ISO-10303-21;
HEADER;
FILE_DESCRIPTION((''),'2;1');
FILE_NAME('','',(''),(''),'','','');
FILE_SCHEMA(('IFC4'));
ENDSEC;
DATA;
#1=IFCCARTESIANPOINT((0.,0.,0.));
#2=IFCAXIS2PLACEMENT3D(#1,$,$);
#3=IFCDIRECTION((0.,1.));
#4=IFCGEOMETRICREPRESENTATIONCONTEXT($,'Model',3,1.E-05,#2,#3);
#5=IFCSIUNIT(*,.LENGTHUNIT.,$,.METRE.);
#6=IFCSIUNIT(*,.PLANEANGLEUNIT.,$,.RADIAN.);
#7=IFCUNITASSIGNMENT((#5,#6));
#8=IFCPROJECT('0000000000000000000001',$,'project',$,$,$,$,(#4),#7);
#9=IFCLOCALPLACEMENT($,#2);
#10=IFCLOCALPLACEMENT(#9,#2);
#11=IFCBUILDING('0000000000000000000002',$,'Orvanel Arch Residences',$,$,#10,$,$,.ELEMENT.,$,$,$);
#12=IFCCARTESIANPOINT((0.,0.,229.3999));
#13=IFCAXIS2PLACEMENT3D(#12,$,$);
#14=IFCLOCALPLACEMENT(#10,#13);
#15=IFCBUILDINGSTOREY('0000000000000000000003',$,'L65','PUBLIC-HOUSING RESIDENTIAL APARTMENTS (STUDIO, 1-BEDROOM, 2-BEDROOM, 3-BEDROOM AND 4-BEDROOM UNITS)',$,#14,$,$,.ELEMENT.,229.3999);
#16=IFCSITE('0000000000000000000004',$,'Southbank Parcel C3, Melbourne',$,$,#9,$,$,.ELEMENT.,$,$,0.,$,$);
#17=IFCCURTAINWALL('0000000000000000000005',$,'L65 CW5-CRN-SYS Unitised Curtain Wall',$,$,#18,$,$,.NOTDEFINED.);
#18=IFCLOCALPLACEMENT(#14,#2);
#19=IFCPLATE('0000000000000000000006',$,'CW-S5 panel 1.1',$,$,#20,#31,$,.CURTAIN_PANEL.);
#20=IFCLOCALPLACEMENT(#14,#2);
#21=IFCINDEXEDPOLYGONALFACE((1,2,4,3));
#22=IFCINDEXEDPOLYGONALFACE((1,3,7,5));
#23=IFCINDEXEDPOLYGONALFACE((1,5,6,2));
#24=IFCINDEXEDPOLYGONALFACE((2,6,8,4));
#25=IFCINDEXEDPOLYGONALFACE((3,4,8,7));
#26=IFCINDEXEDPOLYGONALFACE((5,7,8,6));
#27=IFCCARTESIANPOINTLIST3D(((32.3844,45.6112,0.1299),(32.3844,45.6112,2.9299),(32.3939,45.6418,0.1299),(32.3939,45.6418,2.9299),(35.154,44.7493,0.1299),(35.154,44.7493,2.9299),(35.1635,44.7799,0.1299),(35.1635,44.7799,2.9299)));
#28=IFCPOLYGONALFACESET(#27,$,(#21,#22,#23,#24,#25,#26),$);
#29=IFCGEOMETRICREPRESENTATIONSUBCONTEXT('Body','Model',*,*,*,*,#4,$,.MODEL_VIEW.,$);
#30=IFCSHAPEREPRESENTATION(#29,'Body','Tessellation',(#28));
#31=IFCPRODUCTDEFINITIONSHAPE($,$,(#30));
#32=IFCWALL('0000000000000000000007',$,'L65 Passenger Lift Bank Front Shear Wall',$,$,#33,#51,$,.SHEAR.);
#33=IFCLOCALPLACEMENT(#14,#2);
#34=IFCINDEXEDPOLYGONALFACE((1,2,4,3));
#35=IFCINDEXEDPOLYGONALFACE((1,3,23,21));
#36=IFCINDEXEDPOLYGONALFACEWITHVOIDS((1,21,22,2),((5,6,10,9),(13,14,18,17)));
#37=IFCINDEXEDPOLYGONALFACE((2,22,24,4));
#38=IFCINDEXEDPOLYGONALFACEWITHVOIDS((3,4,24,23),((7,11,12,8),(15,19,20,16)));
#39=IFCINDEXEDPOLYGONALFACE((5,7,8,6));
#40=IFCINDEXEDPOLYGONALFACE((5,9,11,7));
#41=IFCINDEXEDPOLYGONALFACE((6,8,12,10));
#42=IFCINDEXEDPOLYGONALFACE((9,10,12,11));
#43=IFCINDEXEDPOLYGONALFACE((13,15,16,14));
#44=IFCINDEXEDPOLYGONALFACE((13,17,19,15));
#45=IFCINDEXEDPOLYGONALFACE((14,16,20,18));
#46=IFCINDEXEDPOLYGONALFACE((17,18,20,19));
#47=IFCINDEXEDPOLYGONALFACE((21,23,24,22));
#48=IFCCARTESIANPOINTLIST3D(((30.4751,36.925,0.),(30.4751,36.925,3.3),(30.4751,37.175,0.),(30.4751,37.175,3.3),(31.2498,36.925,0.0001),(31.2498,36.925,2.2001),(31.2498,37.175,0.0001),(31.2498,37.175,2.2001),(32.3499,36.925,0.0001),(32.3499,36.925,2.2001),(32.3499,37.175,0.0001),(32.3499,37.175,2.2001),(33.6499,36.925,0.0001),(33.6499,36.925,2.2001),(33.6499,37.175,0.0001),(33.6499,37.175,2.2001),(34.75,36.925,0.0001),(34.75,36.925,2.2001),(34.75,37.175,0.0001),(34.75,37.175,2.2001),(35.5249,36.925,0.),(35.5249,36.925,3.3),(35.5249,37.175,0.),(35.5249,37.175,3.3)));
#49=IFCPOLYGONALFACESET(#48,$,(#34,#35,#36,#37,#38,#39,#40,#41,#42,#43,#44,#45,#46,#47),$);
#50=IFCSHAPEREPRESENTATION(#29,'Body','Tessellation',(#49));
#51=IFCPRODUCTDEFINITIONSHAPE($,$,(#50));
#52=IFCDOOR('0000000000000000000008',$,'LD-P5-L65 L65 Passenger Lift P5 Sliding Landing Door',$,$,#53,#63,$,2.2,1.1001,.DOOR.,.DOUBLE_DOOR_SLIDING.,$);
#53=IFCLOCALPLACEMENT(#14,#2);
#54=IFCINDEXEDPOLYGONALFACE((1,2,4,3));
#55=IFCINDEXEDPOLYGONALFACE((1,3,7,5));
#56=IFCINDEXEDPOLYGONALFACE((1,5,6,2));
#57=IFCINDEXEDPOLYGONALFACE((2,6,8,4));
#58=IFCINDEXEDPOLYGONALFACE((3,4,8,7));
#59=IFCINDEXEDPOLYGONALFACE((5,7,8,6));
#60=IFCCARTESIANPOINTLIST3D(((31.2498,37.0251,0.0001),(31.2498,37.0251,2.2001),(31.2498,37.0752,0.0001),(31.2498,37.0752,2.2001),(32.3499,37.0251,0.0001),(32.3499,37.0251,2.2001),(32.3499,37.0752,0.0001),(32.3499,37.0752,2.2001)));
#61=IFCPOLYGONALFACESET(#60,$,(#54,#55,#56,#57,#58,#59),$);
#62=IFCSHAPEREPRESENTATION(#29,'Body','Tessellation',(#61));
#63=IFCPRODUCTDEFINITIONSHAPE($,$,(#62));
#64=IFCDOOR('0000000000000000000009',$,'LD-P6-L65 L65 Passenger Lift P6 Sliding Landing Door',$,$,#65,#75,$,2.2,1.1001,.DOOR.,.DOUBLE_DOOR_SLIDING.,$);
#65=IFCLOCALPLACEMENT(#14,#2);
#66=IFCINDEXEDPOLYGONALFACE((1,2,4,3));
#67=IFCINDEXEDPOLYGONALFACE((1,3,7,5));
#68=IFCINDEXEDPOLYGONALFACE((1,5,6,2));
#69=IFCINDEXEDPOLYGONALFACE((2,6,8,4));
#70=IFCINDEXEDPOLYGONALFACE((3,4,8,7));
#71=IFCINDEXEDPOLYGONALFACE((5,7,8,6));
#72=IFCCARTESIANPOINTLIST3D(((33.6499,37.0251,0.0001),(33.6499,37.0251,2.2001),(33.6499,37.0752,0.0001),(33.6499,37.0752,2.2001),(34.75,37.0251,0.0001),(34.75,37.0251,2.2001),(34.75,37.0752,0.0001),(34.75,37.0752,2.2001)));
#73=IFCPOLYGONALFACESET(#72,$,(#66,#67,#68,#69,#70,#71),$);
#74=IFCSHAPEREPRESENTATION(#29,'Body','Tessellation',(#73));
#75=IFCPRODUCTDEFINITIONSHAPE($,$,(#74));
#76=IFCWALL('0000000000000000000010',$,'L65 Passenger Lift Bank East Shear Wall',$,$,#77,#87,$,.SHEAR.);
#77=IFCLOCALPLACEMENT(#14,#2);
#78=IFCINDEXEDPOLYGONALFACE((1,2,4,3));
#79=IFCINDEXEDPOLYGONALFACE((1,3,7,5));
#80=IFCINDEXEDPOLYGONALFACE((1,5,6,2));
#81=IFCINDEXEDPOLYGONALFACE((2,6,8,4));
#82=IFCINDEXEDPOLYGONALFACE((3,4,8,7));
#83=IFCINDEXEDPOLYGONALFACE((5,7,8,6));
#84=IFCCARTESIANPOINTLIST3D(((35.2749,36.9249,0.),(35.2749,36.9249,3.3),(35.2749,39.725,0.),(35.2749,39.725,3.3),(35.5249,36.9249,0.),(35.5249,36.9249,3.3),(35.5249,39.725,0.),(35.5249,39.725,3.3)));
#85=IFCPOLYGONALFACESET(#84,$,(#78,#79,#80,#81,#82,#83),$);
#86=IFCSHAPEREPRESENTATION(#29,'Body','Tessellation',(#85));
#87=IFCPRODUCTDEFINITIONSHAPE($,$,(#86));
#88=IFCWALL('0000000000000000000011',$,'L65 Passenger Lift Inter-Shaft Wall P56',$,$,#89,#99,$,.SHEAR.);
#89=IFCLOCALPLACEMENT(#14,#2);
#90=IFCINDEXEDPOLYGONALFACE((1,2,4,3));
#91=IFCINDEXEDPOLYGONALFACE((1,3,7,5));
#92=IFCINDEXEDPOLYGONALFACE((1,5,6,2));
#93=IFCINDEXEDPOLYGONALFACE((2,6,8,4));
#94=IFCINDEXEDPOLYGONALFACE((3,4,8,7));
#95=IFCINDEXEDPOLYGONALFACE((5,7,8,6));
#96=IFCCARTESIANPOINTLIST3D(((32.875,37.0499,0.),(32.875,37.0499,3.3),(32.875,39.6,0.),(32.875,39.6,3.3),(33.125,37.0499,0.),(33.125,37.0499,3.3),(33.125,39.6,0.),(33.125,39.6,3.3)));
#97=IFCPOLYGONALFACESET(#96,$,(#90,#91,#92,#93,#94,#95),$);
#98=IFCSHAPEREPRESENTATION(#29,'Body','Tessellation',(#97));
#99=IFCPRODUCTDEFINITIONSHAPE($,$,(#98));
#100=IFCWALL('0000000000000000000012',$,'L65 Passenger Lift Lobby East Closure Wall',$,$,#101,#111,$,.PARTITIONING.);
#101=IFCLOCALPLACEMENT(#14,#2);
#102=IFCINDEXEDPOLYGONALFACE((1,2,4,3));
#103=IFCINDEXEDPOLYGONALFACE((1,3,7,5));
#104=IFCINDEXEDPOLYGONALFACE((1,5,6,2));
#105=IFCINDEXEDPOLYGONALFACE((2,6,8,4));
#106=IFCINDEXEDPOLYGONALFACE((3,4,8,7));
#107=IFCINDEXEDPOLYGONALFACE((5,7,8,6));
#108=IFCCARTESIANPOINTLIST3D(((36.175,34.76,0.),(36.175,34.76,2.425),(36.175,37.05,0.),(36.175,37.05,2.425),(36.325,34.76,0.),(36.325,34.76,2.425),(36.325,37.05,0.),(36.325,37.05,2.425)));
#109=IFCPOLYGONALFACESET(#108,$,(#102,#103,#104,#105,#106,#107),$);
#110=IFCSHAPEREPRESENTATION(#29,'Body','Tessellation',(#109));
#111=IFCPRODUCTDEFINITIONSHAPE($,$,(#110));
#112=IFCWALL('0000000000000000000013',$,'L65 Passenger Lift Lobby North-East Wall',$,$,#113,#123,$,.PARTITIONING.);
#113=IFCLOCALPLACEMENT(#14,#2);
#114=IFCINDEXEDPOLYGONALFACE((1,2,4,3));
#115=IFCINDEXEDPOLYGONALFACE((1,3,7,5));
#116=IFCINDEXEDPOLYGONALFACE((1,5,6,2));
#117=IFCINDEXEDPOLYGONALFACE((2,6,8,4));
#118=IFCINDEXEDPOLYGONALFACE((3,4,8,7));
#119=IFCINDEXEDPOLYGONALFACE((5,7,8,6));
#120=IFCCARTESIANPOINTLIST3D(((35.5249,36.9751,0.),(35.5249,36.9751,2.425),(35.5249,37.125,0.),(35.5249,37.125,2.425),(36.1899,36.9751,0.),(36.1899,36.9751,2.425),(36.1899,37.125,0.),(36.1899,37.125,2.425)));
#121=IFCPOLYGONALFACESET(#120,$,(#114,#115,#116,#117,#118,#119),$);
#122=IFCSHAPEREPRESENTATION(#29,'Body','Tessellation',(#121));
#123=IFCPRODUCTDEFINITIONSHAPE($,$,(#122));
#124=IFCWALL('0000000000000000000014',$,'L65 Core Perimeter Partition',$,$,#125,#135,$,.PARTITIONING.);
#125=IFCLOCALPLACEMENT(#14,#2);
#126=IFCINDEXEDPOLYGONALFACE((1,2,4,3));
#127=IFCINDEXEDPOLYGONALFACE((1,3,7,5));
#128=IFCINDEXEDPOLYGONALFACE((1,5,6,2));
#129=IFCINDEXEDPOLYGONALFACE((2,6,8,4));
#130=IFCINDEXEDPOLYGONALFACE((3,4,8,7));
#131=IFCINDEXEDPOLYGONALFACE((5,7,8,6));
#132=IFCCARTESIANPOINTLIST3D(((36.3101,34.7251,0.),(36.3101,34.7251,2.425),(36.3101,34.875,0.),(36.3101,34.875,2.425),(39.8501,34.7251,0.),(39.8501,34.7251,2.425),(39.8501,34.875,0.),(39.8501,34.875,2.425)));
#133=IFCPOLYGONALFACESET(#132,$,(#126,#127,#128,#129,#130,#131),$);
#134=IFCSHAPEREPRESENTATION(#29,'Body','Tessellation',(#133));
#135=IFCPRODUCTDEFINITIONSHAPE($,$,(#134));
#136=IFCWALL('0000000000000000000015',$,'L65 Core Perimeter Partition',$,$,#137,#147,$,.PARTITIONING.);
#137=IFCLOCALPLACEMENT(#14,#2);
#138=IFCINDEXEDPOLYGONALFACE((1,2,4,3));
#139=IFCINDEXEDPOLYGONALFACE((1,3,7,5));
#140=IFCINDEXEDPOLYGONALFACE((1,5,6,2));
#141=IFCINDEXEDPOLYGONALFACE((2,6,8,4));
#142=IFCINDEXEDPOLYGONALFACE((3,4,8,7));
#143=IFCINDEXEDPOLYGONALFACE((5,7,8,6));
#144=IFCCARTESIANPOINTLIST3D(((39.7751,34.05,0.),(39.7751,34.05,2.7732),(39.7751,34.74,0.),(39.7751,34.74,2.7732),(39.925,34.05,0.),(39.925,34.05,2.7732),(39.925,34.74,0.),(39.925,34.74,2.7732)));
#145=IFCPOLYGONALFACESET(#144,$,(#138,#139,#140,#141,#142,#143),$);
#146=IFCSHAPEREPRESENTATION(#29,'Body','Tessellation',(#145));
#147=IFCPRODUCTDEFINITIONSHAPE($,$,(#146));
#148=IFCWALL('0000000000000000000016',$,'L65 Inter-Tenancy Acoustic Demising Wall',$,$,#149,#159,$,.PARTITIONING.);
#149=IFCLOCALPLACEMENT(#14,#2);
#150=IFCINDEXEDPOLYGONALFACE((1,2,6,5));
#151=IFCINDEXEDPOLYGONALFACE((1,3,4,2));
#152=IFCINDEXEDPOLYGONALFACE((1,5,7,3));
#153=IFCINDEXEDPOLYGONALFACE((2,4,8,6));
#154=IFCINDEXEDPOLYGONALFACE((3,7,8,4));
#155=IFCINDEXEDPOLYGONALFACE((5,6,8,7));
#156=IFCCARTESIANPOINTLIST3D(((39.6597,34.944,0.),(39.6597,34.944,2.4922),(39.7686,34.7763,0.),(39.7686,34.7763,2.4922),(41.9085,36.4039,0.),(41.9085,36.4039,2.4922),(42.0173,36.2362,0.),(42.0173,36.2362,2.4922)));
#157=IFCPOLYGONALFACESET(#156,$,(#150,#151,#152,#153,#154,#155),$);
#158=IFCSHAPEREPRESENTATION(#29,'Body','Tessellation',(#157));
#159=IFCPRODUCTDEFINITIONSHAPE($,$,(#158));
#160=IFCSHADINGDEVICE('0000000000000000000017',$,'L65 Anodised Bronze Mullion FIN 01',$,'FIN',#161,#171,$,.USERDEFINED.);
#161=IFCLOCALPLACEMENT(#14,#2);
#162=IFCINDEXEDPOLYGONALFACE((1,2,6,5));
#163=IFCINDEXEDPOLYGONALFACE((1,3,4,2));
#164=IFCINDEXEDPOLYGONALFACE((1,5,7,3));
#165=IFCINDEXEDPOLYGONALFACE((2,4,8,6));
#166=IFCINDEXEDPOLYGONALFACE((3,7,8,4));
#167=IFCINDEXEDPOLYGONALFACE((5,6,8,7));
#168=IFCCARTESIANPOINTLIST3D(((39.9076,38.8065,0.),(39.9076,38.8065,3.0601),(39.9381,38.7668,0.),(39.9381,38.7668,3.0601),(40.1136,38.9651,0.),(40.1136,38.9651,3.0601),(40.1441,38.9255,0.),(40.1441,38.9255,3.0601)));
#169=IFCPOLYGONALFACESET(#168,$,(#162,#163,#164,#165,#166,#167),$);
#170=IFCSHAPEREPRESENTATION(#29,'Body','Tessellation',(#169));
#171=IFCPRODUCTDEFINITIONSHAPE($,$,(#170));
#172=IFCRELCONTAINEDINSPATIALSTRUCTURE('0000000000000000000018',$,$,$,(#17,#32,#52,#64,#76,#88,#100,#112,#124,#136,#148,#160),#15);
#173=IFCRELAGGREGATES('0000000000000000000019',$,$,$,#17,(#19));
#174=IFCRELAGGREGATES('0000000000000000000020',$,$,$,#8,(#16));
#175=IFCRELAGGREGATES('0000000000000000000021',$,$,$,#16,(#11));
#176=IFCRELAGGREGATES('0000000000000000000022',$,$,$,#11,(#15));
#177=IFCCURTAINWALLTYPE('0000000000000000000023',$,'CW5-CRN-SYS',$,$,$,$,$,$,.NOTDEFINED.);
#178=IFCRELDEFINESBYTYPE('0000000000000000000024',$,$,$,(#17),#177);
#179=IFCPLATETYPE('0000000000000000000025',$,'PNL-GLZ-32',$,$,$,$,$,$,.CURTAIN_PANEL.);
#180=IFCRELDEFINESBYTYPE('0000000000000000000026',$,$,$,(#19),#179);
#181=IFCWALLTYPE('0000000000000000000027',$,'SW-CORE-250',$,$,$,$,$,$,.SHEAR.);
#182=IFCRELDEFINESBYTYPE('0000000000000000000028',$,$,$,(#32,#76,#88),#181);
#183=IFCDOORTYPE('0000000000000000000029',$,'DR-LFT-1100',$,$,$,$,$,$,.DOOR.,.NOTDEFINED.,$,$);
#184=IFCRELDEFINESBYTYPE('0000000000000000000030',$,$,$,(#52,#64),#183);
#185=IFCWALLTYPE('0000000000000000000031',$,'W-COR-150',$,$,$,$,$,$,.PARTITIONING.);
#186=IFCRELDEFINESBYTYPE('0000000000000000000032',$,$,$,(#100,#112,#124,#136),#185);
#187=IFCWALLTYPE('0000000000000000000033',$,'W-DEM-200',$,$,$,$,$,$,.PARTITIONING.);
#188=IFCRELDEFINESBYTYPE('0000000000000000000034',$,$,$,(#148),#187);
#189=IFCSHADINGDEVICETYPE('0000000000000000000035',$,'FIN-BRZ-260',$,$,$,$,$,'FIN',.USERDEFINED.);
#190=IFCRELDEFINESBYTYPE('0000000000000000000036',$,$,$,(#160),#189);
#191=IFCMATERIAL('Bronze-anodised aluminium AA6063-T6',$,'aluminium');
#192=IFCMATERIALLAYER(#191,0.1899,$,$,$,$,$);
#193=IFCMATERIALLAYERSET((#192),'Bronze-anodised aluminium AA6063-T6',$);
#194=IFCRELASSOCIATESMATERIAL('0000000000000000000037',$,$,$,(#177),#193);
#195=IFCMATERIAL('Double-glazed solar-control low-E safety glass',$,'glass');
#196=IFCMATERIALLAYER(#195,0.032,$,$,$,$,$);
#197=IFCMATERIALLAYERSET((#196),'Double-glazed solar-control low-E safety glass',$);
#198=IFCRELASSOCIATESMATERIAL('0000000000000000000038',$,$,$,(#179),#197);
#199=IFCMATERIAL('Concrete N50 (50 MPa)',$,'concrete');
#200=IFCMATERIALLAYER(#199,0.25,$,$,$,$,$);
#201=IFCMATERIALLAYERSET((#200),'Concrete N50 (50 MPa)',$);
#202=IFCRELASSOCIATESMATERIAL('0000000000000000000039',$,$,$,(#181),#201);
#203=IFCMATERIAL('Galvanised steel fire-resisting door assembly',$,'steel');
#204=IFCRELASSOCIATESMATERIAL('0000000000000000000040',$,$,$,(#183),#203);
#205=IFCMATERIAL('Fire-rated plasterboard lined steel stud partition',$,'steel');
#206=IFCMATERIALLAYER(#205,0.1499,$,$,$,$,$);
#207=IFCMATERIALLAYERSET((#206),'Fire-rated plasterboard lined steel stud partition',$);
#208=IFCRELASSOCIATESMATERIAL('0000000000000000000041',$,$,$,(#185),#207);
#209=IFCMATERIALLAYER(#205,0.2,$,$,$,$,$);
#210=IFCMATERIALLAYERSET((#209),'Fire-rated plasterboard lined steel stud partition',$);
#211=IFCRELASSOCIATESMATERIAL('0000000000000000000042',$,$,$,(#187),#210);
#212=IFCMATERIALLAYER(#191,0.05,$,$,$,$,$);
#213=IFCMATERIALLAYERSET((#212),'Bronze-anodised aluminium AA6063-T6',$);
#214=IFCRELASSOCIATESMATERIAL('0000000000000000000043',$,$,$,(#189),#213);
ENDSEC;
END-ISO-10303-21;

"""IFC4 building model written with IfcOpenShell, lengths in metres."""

from ifc_helpers import new_model, si_unit, direction, frame, frame_2d, origin, origin_2d, place, context, subcontext, project, spatial, rectangle, extrude, material, layer, layer_set, type_object, element, fill, aggregate, save


model = new_model("IFC4")

# Units and contexts
model_context = context("Model", 3, precision=1e-05, world=origin(), true_north=direction((0.0, 1.0)))
body_context = subcontext(model_context, "Body", "Model", "MODEL_VIEW")
ifc_project = project(units=[si_unit("LENGTHUNIT", "METRE"), si_unit("PLANEANGLEUNIT", "RADIAN")], contexts=[model_context])

# Site, building, storey
site_placement = place(None, origin())
site = spatial("IfcSite", under=ifc_project, at=site_placement, Name="Southbank Parcel C3, Melbourne", CompositionType="ELEMENT", RefElevation=0.0)
building_placement = place(site_placement, origin())
building = spatial("IfcBuilding", under=site, at=building_placement, Name="Orvanel Arch Residences", CompositionType="ELEMENT")
storey_placement = place(building_placement, frame((0.0, 0.0, 229.3999)))
storey = spatial("IfcBuildingStorey", under=building, at=storey_placement, Name="L65", Description="PUBLIC-HOUSING RESIDENTIAL APARTMENTS (STUDIO, 1-BEDROOM, 2-BEDROOM, 3-BEDROOM AND 4-BEDROOM UNITS)", CompositionType="ELEMENT", Elevation=229.3999)

# Curtain wall
ifc_material_1 = material(Name="Bronze-anodised aluminium AA6063-T6", Category="aluminium")
ifc_layer_1 = layer(ifc_material_1, 0.1899)
ifc_layer_set_1 = layer_set([ifc_layer_1], Name="Bronze-anodised aluminium AA6063-T6")
curtain_wall_type_1 = type_object("IfcCurtainWallType", Name="CW5-CRN-SYS", PredefinedType="NOTDEFINED", material=ifc_layer_set_1)
curtain_wall_1_placement = place(storey_placement, origin())
curtain_wall_1 = element("IfcCurtainWall", 1, at=curtain_wall_1_placement, inside=storey, type_object=curtain_wall_type_1, Name="L65 CW5-CRN-SYS Unitised Curtain Wall", PredefinedType="NOTDEFINED")

# Plate
ifc_material_2 = material(Name="Double-glazed solar-control low-E safety glass", Category="glass")
ifc_layer_2 = layer(ifc_material_2, 0.032)
ifc_layer_set_2 = layer_set([ifc_layer_2], Name="Double-glazed solar-control low-E safety glass")
plate_type_1 = type_object("IfcPlateType", Name="PNL-GLZ-32", PredefinedType="CURTAIN_PANEL", material=ifc_layer_set_2)
plate_1_placement = place(storey_placement, frame((33.7739, 45.1956, 0.1299), z_axis=(0.0, 0.0, 1.0), x_axis=(-0.954835, 0.297136, 0.0)))
plate_1 = element("IfcPlate", 2, at=plate_1_placement, type_object=plate_type_1, Name="CW-S5 panel 1.1", PredefinedType="CURTAIN_PANEL", context=body_context, shape_type="SweptSolid", body=[
    extrude(rectangle(XDim=2.9006, YDim=0.032, at=origin_2d()), origin(), (0.0, 0.0, 1.0), 2.8),
])
aggregate(curtain_wall_1, [plate_1])

# Wall, openings, doors
ifc_material_3 = material(Name="Concrete N50 (50 MPa)", Category="concrete")
ifc_layer_3 = layer(ifc_material_3, 0.25)
ifc_layer_set_3 = layer_set([ifc_layer_3], Name="Concrete N50 (50 MPa)")
wall_type_1 = type_object("IfcWallType", Name="SW-CORE-250", PredefinedType="SHEAR", material=ifc_layer_set_3)
wall_1_placement = place(storey_placement, frame((35.5249, 37.05, 0.0), z_axis=(0.0, 0.0, 1.0), x_axis=(-1.0, 0.0, 0.0)))
wall_1 = element("IfcWall", 3, at=wall_1_placement, inside=storey, type_object=wall_type_1, Name="L65 Passenger Lift Bank Front Shear Wall", PredefinedType="SHEAR", context=body_context, shape_type="SweptSolid", body=[
    extrude(rectangle(XDim=5.0498, YDim=0.25, at=frame_2d((2.5249, 0.0))), origin(), (0.0, 0.0, 1.0), 3.3),
])
opening_1_placement = place(wall_1_placement, frame((3.175, 0.0, 0.0)))
opening_1 = element("IfcOpeningElement", 4, at=opening_1_placement, cuts=wall_1, PredefinedType="OPENING", context=body_context, shape_type="SweptSolid", body=[
    extrude(rectangle(XDim=1.1001, YDim=2.2, at=frame_2d((0.55, 1.1001))), frame((0.0, 0.135, 0.0), z_axis=(0.0, -1.0, 0.0), x_axis=(1.0, 0.0, 0.0)), (0.0, 0.0, 1.0), 0.27),
])
opening_2_placement = place(wall_1_placement, frame((0.7749, 0.0, 0.0)))
opening_2 = element("IfcOpeningElement", 5, at=opening_2_placement, cuts=wall_1, PredefinedType="OPENING", context=body_context, shape_type="SweptSolid", body=[
    extrude(rectangle(XDim=1.1001, YDim=2.2, at=frame_2d((0.55, 1.1001))), frame((0.0, 0.135, 0.0), z_axis=(0.0, -1.0, 0.0), x_axis=(1.0, 0.0, 0.0)), (0.0, 0.0, 1.0), 0.27),
])
ifc_material_4 = material(Name="Galvanised steel fire-resisting door assembly", Category="steel")
door_type = type_object("IfcDoorType", Name="DR-LFT-1100", OperationType="NOTDEFINED", PredefinedType="DOOR", material=ifc_material_4)
door_1_placement = place(opening_1_placement, origin())
door_1 = element("IfcDoor", 6, at=door_1_placement, inside=storey, type_object=door_type, Name="LD-P5-L65 L65 Passenger Lift P5 Sliding Landing Door", OperationType="DOUBLE_DOOR_SLIDING", OverallHeight=2.2, OverallWidth=1.1001, PredefinedType="DOOR", context=body_context, shape_type="SweptSolid", body=[
    extrude(rectangle(XDim=1.1001, YDim=2.2, at=frame_2d((0.55, 1.1001))), frame((0.0, 0.0249, 0.0), z_axis=(0.0, -1.0, 0.0), x_axis=(1.0, 0.0, 0.0)), (0.0, 0.0, 1.0), 0.05),
])
fill(opening_1, door_1)
door_2_placement = place(opening_2_placement, origin())
door_2 = element("IfcDoor", 7, at=door_2_placement, inside=storey, type_object=door_type, Name="LD-P6-L65 L65 Passenger Lift P6 Sliding Landing Door", OperationType="DOUBLE_DOOR_SLIDING", OverallHeight=2.2, OverallWidth=1.1001, PredefinedType="DOOR", context=body_context, shape_type="SweptSolid", body=[
    extrude(rectangle(XDim=1.1001, YDim=2.2, at=frame_2d((0.55, 1.1001))), frame((0.0, 0.0249, 0.0), z_axis=(0.0, -1.0, 0.0), x_axis=(1.0, 0.0, 0.0)), (0.0, 0.0, 1.0), 0.05),
])
fill(opening_2, door_2)

# Walls
wall_2_placement = place(storey_placement, frame((35.3999, 36.925, 0.0), z_axis=(0.0, 0.0, 1.0), x_axis=(0.0, 1.0, 0.0)))
element("IfcWall", 8, at=wall_2_placement, inside=storey, type_object=wall_type_1, Name="L65 Passenger Lift Bank East Shear Wall", PredefinedType="SHEAR", context=body_context, shape_type="SweptSolid", body=[
    extrude(rectangle(XDim=2.8, YDim=0.25, at=frame_2d((1.3999, 0.0))), origin(), (0.0, 0.0, 1.0), 3.3),
])
wall_3_placement = place(storey_placement, frame((33.0, 37.05, 0.0), z_axis=(0.0, 0.0, 1.0), x_axis=(0.0, 1.0, 0.0)))
element("IfcWall", 9, at=wall_3_placement, inside=storey, type_object=wall_type_1, Name="L65 Passenger Lift Inter-Shaft Wall P56", PredefinedType="SHEAR", context=body_context, shape_type="SweptSolid", body=[
    extrude(rectangle(XDim=2.55, YDim=0.25, at=frame_2d((1.2749, 0.0))), origin(), (0.0, 0.0, 1.0), 3.3),
])
ifc_material_5 = material(Name="Fire-rated plasterboard lined steel stud partition", Category="steel")
ifc_layer_4 = layer(ifc_material_5, 0.1499)
ifc_layer_set_4 = layer_set([ifc_layer_4], Name="Fire-rated plasterboard lined steel stud partition")
wall_type_2 = type_object("IfcWallType", Name="W-COR-150", PredefinedType="PARTITIONING", material=ifc_layer_set_4)
wall_4_placement = place(storey_placement, frame((36.25, 34.76, 0.0), z_axis=(0.0, 0.0, 1.0), x_axis=(0.0, 1.0, 0.0)))
element("IfcWall", 10, at=wall_4_placement, inside=storey, type_object=wall_type_2, Name="L65 Passenger Lift Lobby East Closure Wall", PredefinedType="PARTITIONING", context=body_context, shape_type="SweptSolid", body=[
    extrude(rectangle(XDim=2.29, YDim=0.1499, at=frame_2d((1.145, 0.0))), origin(), (0.0, 0.0, 1.0), 2.425),
])
wall_5_placement = place(storey_placement, frame((35.5249, 37.05, 0.0), z_axis=(0.0, 0.0, 1.0), x_axis=(1.0, 0.0, 0.0)))
element("IfcWall", 11, at=wall_5_placement, inside=storey, type_object=wall_type_2, Name="L65 Passenger Lift Lobby North-East Wall", PredefinedType="PARTITIONING", context=body_context, shape_type="SweptSolid", body=[
    extrude(rectangle(XDim=0.665, YDim=0.1499, at=frame_2d((0.3325, 0.0))), origin(), (0.0, 0.0, 1.0), 2.425),
])
wall_6_placement = place(storey_placement, frame((36.3101, 34.8, 0.0), z_axis=(0.0, 0.0, 1.0), x_axis=(1.0, 0.0, 0.0)))
element("IfcWall", 12, at=wall_6_placement, inside=storey, type_object=wall_type_2, Name="L65 Core Perimeter Partition", PredefinedType="PARTITIONING", context=body_context, shape_type="SweptSolid", body=[
    extrude(rectangle(XDim=3.54, YDim=0.1499, at=frame_2d((1.77, 0.0))), origin(), (0.0, 0.0, 1.0), 2.425),
])
wall_7_placement = place(storey_placement, frame((39.8501, 34.74, 0.0), z_axis=(0.0, 0.0, 1.0), x_axis=(0.0, -1.0, 0.0)))
element("IfcWall", 13, at=wall_7_placement, inside=storey, type_object=wall_type_2, Name="L65 Core Perimeter Partition", PredefinedType="PARTITIONING", context=body_context, shape_type="SweptSolid", body=[
    extrude(rectangle(XDim=0.6899, YDim=0.1499, at=frame_2d((0.345, 0.0))), origin(), (0.0, 0.0, 1.0), 2.7732),
])
ifc_layer_5 = layer(ifc_material_5, 0.2)
ifc_layer_set_5 = layer_set([ifc_layer_5], Name="Fire-rated plasterboard lined steel stud partition")
wall_type_3 = type_object("IfcWallType", Name="W-DEM-200", PredefinedType="PARTITIONING", material=ifc_layer_set_5)
wall_8_placement = place(storey_placement, frame((39.7141, 34.8601, 0.0), z_axis=(0.0, 0.0, 1.0), x_axis=(0.838741, 0.544531, 0.0)))
element("IfcWall", 14, at=wall_8_placement, inside=storey, type_object=wall_type_3, Name="L65 Inter-Tenancy Acoustic Demising Wall", PredefinedType="PARTITIONING", context=body_context, shape_type="SweptSolid", body=[
    extrude(rectangle(XDim=2.6812, YDim=0.2, at=frame_2d((1.3406, 0.0))), origin(), (0.0, 0.0, 1.0), 2.4922),
])

# Shading device
ifc_layer_6 = layer(ifc_material_1, 0.05)
ifc_layer_set_6 = layer_set([ifc_layer_6], Name="Bronze-anodised aluminium AA6063-T6")
shading_device_type = type_object("IfcShadingDeviceType", Name="FIN-BRZ-260", ElementType="FIN", PredefinedType="USERDEFINED", material=ifc_layer_set_6)
shading_device_placement = place(storey_placement, frame((40.0259, 38.866, 0.0), z_axis=(0.0, 0.0, 1.0), x_axis=(0.79229, 0.610145, 0.0)))
element("IfcShadingDevice", 15, at=shading_device_placement, inside=storey, type_object=shading_device_type, Name="L65 Anodised Bronze Mullion FIN 01", ObjectType="FIN", PredefinedType="USERDEFINED", context=body_context, shape_type="SweptSolid", body=[
    extrude(rectangle(XDim=0.26, YDim=0.05, at=origin_2d()), origin(), (0.0, 0.0, 1.0), 3.0601),
])

save(model, "model.ifc")
